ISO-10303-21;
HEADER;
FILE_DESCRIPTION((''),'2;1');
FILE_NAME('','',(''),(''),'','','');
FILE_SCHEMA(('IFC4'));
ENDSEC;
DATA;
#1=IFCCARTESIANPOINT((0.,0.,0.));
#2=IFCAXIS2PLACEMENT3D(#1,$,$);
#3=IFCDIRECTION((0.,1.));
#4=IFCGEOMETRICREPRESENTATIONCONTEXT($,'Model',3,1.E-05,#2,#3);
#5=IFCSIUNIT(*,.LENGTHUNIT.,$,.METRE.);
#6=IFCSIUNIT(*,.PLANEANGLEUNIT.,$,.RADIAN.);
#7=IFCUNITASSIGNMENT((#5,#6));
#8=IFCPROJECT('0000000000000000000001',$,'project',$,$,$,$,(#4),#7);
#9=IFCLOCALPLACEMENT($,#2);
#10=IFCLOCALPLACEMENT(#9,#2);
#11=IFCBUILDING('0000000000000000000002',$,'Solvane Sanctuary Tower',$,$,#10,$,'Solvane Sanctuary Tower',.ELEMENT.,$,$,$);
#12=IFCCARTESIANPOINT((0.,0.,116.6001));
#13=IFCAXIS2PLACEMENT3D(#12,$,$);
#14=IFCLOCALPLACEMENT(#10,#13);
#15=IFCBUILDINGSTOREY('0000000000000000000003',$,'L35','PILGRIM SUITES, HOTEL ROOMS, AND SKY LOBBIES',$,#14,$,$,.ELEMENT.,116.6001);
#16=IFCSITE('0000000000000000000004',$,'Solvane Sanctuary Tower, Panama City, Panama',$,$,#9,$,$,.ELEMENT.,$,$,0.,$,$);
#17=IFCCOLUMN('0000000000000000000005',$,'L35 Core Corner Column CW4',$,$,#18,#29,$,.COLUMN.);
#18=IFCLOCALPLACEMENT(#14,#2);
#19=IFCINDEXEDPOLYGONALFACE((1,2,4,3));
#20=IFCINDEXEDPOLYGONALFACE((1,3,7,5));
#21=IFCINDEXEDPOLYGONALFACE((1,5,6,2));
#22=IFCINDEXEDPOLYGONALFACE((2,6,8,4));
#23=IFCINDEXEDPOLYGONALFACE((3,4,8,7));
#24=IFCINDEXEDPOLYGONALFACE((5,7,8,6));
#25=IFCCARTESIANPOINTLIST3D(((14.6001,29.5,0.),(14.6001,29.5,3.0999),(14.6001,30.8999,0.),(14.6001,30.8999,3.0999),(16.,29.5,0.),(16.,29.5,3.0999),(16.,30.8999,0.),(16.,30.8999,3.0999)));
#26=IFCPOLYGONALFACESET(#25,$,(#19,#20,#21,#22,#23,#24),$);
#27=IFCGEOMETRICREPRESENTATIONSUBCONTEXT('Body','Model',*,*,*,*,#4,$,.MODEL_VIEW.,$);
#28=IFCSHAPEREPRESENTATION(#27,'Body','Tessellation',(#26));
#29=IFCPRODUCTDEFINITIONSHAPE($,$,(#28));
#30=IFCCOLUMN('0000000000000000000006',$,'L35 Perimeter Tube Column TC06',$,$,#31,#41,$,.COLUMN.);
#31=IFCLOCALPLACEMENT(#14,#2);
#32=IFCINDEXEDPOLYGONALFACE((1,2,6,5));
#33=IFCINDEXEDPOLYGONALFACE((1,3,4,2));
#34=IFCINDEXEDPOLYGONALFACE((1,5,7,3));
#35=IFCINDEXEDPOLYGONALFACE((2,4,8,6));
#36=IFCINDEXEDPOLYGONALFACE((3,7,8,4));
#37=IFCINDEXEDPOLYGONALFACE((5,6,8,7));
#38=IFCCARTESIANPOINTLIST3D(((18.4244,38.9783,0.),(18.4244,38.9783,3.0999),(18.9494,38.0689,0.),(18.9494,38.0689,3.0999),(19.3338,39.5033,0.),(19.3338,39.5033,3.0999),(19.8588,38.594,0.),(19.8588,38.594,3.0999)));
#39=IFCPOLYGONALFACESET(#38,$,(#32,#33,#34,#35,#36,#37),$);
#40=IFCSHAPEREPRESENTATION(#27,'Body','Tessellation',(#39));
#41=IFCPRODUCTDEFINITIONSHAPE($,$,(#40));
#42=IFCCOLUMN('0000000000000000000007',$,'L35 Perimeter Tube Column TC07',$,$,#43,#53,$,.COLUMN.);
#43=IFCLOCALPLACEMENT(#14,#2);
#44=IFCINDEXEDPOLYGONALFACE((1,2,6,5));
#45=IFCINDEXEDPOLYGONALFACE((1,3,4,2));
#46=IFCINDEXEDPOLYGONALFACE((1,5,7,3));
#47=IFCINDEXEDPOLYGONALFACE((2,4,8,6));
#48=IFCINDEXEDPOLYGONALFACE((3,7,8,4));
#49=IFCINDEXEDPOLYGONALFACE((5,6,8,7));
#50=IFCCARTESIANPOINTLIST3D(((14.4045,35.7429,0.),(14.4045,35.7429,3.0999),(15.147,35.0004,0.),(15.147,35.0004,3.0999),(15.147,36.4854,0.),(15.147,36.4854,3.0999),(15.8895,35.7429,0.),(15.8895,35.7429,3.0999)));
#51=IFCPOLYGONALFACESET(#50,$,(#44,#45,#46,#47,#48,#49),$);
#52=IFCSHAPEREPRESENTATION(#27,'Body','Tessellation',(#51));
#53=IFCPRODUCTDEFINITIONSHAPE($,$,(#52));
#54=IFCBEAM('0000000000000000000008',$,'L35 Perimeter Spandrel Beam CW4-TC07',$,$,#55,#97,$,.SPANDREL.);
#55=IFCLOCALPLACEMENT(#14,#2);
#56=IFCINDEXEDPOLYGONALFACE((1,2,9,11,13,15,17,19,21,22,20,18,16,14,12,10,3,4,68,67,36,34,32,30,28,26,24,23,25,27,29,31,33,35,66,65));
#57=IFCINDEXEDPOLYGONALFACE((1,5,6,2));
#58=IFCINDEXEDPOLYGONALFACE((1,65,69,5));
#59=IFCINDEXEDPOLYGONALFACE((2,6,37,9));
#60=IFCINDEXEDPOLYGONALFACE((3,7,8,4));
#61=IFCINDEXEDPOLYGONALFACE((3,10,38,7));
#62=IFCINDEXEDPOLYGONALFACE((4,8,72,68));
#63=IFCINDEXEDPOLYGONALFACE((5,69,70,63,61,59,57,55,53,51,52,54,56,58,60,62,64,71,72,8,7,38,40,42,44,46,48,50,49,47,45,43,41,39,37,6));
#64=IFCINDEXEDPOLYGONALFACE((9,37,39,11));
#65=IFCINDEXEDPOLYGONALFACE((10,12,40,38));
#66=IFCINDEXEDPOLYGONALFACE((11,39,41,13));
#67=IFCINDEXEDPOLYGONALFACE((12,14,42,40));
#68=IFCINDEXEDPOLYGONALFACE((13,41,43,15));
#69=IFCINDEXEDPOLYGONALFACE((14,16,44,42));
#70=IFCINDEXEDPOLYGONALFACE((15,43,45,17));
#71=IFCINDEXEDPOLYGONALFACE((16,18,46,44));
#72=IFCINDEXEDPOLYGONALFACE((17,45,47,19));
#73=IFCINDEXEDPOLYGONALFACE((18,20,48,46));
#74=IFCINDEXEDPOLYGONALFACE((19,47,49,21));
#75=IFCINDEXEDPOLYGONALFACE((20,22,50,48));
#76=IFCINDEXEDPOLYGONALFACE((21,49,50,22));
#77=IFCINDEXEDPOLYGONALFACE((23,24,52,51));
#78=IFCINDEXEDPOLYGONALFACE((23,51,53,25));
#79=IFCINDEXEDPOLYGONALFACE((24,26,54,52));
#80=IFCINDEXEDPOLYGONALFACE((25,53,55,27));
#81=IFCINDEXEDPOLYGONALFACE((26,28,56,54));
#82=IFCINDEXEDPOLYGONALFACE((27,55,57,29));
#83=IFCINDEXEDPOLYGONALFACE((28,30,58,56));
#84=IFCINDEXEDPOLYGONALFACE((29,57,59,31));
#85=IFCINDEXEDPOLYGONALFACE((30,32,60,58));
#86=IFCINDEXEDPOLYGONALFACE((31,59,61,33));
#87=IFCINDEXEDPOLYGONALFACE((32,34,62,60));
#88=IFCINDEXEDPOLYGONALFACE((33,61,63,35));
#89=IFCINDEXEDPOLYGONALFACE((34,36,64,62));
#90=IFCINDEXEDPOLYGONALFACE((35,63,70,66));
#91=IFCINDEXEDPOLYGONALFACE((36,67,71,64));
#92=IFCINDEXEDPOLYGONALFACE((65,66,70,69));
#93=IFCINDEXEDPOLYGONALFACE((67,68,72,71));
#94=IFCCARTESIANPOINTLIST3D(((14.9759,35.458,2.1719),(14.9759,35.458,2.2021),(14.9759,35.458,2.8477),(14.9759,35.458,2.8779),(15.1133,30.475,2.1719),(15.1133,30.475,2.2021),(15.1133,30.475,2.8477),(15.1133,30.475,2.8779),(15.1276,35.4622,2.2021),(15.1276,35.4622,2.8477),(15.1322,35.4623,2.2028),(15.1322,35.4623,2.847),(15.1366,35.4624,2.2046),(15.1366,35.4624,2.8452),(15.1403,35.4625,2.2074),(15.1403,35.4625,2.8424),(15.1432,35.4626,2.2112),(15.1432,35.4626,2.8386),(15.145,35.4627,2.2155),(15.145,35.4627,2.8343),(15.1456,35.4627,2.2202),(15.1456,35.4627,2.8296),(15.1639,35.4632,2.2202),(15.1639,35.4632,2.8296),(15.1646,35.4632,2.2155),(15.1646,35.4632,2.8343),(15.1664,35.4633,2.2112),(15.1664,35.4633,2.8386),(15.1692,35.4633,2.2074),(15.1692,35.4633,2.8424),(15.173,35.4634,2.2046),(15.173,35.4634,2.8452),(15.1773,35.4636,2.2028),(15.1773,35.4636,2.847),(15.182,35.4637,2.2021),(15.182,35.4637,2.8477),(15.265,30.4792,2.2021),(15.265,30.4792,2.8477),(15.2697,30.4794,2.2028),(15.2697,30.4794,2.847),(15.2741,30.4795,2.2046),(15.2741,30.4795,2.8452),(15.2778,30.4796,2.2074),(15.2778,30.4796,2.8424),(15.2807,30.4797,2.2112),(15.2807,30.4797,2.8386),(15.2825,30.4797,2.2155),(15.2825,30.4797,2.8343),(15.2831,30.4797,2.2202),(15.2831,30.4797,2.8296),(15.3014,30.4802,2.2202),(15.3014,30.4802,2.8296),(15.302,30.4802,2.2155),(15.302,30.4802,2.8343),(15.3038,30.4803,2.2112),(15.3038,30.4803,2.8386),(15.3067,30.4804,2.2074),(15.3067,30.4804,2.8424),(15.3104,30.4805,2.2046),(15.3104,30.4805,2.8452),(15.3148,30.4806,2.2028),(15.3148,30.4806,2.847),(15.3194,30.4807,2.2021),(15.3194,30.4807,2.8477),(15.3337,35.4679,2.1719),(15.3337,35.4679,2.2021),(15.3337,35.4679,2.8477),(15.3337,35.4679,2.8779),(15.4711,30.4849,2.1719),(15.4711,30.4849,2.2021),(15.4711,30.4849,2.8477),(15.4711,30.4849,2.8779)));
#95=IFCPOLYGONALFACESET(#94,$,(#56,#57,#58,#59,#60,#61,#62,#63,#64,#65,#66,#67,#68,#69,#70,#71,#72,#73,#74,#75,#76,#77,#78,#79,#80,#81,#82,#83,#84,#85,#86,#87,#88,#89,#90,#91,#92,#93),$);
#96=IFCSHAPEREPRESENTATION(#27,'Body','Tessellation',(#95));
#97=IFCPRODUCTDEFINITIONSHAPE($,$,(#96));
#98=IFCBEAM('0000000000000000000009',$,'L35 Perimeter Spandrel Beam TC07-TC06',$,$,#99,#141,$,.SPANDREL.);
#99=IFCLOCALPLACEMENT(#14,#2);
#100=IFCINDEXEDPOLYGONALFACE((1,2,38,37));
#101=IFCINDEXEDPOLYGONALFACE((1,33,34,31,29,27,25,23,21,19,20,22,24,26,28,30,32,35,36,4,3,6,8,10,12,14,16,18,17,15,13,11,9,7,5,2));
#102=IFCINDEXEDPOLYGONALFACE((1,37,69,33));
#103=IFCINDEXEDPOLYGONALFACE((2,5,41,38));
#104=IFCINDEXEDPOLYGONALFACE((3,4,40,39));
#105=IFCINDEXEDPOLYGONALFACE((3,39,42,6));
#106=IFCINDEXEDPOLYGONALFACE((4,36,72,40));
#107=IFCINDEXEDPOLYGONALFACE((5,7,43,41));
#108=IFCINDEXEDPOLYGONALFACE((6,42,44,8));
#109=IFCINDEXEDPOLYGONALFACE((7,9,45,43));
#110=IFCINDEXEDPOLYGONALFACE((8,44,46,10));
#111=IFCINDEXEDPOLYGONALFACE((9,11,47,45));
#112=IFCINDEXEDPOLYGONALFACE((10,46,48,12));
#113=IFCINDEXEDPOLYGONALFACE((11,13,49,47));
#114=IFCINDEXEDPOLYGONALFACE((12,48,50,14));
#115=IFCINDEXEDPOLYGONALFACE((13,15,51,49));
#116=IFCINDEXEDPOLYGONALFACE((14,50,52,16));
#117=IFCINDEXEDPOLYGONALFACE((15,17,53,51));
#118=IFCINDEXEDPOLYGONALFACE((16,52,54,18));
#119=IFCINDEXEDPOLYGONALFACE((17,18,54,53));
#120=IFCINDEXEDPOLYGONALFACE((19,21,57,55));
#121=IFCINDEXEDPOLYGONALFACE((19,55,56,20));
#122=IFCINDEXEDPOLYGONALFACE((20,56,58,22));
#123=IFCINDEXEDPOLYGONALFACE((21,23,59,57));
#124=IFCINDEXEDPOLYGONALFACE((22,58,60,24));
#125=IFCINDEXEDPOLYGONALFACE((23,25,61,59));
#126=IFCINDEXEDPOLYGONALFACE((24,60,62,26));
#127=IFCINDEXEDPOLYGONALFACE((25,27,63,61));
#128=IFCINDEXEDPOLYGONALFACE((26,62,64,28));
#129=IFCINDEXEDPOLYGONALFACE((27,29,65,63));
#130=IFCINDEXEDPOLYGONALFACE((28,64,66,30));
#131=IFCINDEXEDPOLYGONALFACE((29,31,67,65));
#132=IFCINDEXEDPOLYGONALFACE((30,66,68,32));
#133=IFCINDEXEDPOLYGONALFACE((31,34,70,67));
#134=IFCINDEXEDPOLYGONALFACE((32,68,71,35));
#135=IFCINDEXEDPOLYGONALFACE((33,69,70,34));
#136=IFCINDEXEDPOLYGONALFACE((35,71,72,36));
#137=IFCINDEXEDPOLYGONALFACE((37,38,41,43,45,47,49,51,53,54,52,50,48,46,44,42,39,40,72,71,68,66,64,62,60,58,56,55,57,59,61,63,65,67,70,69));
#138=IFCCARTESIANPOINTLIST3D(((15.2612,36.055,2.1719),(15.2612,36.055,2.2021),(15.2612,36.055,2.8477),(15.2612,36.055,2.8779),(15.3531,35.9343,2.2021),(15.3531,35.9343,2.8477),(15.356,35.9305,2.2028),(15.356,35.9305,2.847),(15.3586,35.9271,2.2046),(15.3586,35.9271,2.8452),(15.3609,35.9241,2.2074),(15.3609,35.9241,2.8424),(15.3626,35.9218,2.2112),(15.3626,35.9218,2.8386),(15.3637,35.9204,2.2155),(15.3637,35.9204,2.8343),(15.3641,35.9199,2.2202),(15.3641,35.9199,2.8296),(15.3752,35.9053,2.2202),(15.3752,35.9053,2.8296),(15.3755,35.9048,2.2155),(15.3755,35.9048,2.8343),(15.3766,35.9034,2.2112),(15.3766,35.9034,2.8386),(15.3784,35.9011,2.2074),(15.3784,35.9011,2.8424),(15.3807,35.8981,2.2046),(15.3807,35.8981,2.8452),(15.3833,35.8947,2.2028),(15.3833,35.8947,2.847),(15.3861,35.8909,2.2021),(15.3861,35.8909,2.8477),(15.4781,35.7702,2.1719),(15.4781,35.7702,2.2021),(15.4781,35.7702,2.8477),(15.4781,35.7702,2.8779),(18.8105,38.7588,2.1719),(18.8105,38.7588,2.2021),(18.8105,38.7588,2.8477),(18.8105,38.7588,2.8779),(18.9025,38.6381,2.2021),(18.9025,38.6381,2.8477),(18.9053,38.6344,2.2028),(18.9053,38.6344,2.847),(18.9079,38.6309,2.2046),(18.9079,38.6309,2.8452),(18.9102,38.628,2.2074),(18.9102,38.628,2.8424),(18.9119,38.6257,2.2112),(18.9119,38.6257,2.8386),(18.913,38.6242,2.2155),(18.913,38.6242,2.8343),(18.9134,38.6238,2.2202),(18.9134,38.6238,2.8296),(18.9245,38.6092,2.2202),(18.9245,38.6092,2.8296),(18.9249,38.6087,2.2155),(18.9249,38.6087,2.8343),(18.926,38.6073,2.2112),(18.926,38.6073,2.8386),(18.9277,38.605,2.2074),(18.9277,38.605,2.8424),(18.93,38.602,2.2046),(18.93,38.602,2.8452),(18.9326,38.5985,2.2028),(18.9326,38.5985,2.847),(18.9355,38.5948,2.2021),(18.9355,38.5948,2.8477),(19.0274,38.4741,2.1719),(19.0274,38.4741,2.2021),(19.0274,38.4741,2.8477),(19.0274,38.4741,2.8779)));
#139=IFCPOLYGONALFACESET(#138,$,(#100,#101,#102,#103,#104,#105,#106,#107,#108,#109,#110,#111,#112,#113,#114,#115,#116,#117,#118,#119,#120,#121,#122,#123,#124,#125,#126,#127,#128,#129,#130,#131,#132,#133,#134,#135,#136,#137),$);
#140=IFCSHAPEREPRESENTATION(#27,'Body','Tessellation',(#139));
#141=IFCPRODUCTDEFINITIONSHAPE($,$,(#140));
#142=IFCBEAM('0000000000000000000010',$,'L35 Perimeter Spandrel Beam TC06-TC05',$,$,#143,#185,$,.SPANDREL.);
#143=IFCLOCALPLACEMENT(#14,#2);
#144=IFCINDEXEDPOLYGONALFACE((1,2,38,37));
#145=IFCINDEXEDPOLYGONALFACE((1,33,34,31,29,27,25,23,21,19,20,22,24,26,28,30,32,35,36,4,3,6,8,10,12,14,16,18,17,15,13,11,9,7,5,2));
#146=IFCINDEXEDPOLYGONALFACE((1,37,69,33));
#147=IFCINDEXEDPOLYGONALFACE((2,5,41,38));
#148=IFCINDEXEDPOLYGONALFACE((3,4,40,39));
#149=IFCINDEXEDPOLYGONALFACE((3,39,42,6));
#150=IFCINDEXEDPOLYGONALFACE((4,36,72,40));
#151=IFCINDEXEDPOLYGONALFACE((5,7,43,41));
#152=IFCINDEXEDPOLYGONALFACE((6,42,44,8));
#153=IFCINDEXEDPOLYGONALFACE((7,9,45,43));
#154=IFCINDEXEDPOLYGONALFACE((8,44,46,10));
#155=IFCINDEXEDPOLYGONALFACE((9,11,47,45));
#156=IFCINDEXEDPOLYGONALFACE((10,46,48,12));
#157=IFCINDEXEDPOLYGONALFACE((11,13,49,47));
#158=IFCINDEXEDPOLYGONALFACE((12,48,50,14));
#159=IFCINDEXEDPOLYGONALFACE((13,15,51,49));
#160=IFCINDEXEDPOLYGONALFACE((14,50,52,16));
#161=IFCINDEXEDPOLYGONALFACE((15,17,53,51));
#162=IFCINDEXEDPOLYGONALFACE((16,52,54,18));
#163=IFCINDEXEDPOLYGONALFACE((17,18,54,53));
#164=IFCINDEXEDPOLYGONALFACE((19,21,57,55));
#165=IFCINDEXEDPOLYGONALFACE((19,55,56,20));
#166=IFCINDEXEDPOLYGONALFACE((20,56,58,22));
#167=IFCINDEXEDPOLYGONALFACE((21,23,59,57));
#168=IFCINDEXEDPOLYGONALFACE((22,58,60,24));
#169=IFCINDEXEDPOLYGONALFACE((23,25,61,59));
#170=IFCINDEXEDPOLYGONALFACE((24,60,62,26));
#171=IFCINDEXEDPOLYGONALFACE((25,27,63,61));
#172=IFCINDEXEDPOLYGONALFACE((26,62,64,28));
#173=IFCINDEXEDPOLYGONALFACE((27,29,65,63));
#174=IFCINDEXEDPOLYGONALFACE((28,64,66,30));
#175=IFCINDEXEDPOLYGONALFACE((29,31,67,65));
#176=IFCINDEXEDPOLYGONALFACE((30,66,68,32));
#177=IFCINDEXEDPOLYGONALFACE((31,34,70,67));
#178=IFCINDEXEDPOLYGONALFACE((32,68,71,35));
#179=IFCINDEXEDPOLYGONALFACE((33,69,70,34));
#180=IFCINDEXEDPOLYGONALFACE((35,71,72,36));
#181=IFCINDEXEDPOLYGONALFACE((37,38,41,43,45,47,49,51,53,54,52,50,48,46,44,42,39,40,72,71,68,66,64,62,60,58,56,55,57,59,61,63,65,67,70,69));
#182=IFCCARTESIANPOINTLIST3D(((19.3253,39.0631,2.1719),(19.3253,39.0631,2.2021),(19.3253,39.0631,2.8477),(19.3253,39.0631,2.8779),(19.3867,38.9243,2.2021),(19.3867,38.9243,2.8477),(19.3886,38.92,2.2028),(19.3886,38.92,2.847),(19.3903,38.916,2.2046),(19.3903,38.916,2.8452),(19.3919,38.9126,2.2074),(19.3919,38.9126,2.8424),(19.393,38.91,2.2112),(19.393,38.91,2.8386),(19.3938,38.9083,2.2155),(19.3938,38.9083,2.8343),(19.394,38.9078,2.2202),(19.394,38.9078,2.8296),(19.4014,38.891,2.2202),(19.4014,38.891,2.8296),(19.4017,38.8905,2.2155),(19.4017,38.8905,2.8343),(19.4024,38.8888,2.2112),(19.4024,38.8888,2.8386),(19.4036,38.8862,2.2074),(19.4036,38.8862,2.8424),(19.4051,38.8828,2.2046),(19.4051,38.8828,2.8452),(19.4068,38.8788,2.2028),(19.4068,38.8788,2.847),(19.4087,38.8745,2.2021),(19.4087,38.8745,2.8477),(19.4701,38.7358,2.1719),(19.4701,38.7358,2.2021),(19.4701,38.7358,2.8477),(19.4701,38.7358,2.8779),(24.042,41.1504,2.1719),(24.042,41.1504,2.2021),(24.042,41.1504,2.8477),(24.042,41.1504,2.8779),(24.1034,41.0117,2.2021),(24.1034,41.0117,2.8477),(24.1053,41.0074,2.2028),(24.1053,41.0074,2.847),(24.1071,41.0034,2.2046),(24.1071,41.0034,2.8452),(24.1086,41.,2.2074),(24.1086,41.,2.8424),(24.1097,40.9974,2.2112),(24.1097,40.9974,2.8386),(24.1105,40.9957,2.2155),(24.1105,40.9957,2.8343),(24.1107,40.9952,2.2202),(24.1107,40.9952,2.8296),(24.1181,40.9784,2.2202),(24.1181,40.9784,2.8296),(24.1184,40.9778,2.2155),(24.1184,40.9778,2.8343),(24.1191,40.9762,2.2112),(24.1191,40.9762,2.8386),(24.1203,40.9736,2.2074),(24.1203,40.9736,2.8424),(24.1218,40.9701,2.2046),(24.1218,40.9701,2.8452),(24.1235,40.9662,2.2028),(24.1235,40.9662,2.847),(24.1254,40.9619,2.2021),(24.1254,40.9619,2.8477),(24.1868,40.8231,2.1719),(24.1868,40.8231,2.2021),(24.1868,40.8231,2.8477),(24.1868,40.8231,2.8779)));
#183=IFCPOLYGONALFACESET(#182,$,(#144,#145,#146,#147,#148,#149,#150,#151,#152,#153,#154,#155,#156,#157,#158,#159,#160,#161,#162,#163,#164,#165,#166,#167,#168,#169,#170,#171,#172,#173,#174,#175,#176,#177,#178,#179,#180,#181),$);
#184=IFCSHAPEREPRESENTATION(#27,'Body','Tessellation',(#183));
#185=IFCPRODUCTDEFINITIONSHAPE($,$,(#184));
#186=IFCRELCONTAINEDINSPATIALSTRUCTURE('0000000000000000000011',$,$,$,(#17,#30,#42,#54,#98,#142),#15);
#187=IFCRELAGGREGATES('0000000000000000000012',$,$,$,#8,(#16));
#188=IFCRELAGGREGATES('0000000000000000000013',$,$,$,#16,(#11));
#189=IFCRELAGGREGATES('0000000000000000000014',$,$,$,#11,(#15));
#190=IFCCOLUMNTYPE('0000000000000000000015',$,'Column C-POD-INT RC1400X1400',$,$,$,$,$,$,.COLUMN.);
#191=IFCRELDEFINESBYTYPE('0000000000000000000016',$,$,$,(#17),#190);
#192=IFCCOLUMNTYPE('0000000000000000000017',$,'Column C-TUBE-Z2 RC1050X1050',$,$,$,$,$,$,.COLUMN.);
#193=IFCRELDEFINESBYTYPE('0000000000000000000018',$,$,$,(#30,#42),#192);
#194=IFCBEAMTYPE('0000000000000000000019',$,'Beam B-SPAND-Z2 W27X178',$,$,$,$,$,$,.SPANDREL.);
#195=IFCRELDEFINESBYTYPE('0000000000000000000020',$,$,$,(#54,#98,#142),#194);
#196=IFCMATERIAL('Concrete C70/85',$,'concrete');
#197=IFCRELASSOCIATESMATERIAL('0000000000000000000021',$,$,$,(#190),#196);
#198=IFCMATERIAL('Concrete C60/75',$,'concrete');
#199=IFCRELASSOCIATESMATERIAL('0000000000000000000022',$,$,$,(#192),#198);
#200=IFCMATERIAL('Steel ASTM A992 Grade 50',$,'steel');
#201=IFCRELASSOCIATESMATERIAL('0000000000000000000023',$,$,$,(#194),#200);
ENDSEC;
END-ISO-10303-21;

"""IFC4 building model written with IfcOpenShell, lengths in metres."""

from ifc_helpers import new_model, si_unit, direction, frame, origin, origin_2d, place, context, subcontext, project, spatial, rectangle, i_section, extrude, material, material_profile, profile_set, type_object, element, save


model = new_model("IFC4")

# Units and contexts
model_context = context("Model", 3, precision=1e-05, world=origin(), true_north=direction((0.0, 1.0)))
body_context = subcontext(model_context, "Body", "Model", "MODEL_VIEW")
ifc_project = project(units=[si_unit("LENGTHUNIT", "METRE"), si_unit("PLANEANGLEUNIT", "RADIAN")], contexts=[model_context])

# Site, building, storey
site_placement = place(None, origin())
site = spatial("IfcSite", under=ifc_project, at=site_placement, Name="Solvane Sanctuary Tower, Panama City, Panama", CompositionType="ELEMENT", RefElevation=0.0)
building_placement = place(site_placement, origin())
building = spatial("IfcBuilding", under=site, at=building_placement, Name="Solvane Sanctuary Tower", LongName="Solvane Sanctuary Tower", CompositionType="ELEMENT")
storey_placement = place(building_placement, frame((0.0, 0.0, 116.6001)))
storey = spatial("IfcBuildingStorey", under=building, at=storey_placement, Name="L35", Description="PILGRIM SUITES, HOTEL ROOMS, AND SKY LOBBIES", CompositionType="ELEMENT", Elevation=116.6001)

# Columns
ifc_material_1 = material(Name="Concrete C70/85", Category="concrete")
ifc_material_profile_1 = material_profile(ifc_material_1, rectangle(XDim=1.3999, YDim=1.3999, at=origin_2d()), Name="RC1400X1400")
ifc_profile_set_1 = profile_set([ifc_material_profile_1], Name="Concrete C70/85")
column_type_1 = type_object("IfcColumnType", Name="Column C-POD-INT RC1400X1400", PredefinedType="COLUMN", material=ifc_profile_set_1)
column_placement = place(storey_placement, frame((15.3, 30.2, 0.0), z_axis=(0.0, 0.0, 1.0), x_axis=(1.0, 0.0, 0.0)))
element("IfcColumn", 1, at=column_placement, inside=storey, type_object=column_type_1, Name="L35 Core Corner Column CW4", PredefinedType="COLUMN", context=body_context, shape_type="SweptSolid", body=[
    extrude(rectangle(XDim=1.3999, YDim=1.3999, at=origin_2d()), origin(), (0.0, 0.0, 1.0), 3.0999),
])
ifc_material_2 = material(Name="Concrete C60/75", Category="concrete")
ifc_material_profile_2 = material_profile(ifc_material_2, rectangle(XDim=1.05, YDim=1.05, at=origin_2d()), Name="RC1050X1050")
ifc_profile_set_2 = profile_set([ifc_material_profile_2], Name="Concrete C60/75")
column_type_2 = type_object("IfcColumnType", Name="Column C-TUBE-Z2 RC1050X1050", PredefinedType="COLUMN", material=ifc_profile_set_2)
for number, where, z_axis, x_axis, name in (
    (2, (19.1416, 38.7861, 0.0), (0.0, 0.0, 1.0), (-0.5, 0.866025, 0.0), "L35 Perimeter Tube Column TC06"),
    (3, (15.147, 35.7429, 0.0), (0.0, 0.0, 1.0), (-0.707107, 0.707107, 0.0), "L35 Perimeter Tube Column TC07"),
):
    element("IfcColumn", number, at=place(storey_placement, frame(where, z_axis=z_axis, x_axis=x_axis)), inside=storey, type_object=column_type_2, Name=name, PredefinedType="COLUMN", context=body_context, shape_type="SweptSolid", body=[
        extrude(rectangle(XDim=1.05, YDim=1.05, at=origin_2d()), origin(), (0.0, 0.0, 1.0), 3.0999),
    ])

# Beams
ifc_material_3 = material(Name="Steel ASTM A992 Grade 50", Category="steel")
ifc_material_profile_3 = material_profile(ifc_material_3, i_section(OverallWidth=0.3579, OverallDepth=0.7061, WebThickness=0.0183, FlangeThickness=0.0303, FilletRadius=0.0181, at=origin_2d()), Name="W27X178")
ifc_profile_set_3 = profile_set([ifc_material_profile_3], Name="Steel ASTM A992 Grade 50")
beam_type = type_object("IfcBeamType", Name="Beam B-SPAND-Z2 W27X178", PredefinedType="SPANDREL", material=ifc_profile_set_3)
beam_1_placement = place(storey_placement, frame((15.2922, 30.48, 2.5249), z_axis=(-0.027574, 0.99962, 0.0), x_axis=(-0.99962, -0.027574, 0.0)))
element("IfcBeam", 4, at=beam_1_placement, inside=storey, type_object=beam_type, Name="L35 Perimeter Spandrel Beam CW4-TC07", PredefinedType="SPANDREL", context=body_context, shape_type="SweptSolid", body=[
    extrude(i_section(OverallWidth=0.3579, OverallDepth=0.7061, WebThickness=0.0183, FlangeThickness=0.0303, FilletRadius=0.0181, at=origin_2d()), origin(), (0.0, 0.0, 1.0), 4.9849),
])
beam_2_placement = place(storey_placement, frame((15.3696, 35.9126, 2.5249), z_axis=(0.795473, 0.605989, 0.0), x_axis=(-0.605989, 0.795473, 0.0)))
element("IfcBeam", 5, at=beam_2_placement, inside=storey, type_object=beam_type, Name="L35 Perimeter Spandrel Beam TC07-TC06", PredefinedType="SPANDREL", context=body_context, shape_type="SweptSolid", body=[
    extrude(i_section(OverallWidth=0.3579, OverallDepth=0.7061, WebThickness=0.0183, FlangeThickness=0.0303, FilletRadius=0.0181, at=origin_2d()), origin(), (0.0, 0.0, 1.0), 4.4619),
])
beam_3_placement = place(storey_placement, frame((19.3977, 38.8994, 2.5249), z_axis=(0.914455, 0.404689, 0.0), x_axis=(-0.404689, 0.914455, 0.0)))
element("IfcBeam", 6, at=beam_3_placement, inside=storey, type_object=beam_type, Name="L35 Perimeter Spandrel Beam TC06-TC05", PredefinedType="SPANDREL", context=body_context, shape_type="SweptSolid", body=[
    extrude(i_section(OverallWidth=0.3579, OverallDepth=0.7061, WebThickness=0.0183, FlangeThickness=0.0303, FilletRadius=0.0181, at=origin_2d()), origin(), (0.0, 0.0, 1.0), 5.158),
])

save(model, "model.ifc")
